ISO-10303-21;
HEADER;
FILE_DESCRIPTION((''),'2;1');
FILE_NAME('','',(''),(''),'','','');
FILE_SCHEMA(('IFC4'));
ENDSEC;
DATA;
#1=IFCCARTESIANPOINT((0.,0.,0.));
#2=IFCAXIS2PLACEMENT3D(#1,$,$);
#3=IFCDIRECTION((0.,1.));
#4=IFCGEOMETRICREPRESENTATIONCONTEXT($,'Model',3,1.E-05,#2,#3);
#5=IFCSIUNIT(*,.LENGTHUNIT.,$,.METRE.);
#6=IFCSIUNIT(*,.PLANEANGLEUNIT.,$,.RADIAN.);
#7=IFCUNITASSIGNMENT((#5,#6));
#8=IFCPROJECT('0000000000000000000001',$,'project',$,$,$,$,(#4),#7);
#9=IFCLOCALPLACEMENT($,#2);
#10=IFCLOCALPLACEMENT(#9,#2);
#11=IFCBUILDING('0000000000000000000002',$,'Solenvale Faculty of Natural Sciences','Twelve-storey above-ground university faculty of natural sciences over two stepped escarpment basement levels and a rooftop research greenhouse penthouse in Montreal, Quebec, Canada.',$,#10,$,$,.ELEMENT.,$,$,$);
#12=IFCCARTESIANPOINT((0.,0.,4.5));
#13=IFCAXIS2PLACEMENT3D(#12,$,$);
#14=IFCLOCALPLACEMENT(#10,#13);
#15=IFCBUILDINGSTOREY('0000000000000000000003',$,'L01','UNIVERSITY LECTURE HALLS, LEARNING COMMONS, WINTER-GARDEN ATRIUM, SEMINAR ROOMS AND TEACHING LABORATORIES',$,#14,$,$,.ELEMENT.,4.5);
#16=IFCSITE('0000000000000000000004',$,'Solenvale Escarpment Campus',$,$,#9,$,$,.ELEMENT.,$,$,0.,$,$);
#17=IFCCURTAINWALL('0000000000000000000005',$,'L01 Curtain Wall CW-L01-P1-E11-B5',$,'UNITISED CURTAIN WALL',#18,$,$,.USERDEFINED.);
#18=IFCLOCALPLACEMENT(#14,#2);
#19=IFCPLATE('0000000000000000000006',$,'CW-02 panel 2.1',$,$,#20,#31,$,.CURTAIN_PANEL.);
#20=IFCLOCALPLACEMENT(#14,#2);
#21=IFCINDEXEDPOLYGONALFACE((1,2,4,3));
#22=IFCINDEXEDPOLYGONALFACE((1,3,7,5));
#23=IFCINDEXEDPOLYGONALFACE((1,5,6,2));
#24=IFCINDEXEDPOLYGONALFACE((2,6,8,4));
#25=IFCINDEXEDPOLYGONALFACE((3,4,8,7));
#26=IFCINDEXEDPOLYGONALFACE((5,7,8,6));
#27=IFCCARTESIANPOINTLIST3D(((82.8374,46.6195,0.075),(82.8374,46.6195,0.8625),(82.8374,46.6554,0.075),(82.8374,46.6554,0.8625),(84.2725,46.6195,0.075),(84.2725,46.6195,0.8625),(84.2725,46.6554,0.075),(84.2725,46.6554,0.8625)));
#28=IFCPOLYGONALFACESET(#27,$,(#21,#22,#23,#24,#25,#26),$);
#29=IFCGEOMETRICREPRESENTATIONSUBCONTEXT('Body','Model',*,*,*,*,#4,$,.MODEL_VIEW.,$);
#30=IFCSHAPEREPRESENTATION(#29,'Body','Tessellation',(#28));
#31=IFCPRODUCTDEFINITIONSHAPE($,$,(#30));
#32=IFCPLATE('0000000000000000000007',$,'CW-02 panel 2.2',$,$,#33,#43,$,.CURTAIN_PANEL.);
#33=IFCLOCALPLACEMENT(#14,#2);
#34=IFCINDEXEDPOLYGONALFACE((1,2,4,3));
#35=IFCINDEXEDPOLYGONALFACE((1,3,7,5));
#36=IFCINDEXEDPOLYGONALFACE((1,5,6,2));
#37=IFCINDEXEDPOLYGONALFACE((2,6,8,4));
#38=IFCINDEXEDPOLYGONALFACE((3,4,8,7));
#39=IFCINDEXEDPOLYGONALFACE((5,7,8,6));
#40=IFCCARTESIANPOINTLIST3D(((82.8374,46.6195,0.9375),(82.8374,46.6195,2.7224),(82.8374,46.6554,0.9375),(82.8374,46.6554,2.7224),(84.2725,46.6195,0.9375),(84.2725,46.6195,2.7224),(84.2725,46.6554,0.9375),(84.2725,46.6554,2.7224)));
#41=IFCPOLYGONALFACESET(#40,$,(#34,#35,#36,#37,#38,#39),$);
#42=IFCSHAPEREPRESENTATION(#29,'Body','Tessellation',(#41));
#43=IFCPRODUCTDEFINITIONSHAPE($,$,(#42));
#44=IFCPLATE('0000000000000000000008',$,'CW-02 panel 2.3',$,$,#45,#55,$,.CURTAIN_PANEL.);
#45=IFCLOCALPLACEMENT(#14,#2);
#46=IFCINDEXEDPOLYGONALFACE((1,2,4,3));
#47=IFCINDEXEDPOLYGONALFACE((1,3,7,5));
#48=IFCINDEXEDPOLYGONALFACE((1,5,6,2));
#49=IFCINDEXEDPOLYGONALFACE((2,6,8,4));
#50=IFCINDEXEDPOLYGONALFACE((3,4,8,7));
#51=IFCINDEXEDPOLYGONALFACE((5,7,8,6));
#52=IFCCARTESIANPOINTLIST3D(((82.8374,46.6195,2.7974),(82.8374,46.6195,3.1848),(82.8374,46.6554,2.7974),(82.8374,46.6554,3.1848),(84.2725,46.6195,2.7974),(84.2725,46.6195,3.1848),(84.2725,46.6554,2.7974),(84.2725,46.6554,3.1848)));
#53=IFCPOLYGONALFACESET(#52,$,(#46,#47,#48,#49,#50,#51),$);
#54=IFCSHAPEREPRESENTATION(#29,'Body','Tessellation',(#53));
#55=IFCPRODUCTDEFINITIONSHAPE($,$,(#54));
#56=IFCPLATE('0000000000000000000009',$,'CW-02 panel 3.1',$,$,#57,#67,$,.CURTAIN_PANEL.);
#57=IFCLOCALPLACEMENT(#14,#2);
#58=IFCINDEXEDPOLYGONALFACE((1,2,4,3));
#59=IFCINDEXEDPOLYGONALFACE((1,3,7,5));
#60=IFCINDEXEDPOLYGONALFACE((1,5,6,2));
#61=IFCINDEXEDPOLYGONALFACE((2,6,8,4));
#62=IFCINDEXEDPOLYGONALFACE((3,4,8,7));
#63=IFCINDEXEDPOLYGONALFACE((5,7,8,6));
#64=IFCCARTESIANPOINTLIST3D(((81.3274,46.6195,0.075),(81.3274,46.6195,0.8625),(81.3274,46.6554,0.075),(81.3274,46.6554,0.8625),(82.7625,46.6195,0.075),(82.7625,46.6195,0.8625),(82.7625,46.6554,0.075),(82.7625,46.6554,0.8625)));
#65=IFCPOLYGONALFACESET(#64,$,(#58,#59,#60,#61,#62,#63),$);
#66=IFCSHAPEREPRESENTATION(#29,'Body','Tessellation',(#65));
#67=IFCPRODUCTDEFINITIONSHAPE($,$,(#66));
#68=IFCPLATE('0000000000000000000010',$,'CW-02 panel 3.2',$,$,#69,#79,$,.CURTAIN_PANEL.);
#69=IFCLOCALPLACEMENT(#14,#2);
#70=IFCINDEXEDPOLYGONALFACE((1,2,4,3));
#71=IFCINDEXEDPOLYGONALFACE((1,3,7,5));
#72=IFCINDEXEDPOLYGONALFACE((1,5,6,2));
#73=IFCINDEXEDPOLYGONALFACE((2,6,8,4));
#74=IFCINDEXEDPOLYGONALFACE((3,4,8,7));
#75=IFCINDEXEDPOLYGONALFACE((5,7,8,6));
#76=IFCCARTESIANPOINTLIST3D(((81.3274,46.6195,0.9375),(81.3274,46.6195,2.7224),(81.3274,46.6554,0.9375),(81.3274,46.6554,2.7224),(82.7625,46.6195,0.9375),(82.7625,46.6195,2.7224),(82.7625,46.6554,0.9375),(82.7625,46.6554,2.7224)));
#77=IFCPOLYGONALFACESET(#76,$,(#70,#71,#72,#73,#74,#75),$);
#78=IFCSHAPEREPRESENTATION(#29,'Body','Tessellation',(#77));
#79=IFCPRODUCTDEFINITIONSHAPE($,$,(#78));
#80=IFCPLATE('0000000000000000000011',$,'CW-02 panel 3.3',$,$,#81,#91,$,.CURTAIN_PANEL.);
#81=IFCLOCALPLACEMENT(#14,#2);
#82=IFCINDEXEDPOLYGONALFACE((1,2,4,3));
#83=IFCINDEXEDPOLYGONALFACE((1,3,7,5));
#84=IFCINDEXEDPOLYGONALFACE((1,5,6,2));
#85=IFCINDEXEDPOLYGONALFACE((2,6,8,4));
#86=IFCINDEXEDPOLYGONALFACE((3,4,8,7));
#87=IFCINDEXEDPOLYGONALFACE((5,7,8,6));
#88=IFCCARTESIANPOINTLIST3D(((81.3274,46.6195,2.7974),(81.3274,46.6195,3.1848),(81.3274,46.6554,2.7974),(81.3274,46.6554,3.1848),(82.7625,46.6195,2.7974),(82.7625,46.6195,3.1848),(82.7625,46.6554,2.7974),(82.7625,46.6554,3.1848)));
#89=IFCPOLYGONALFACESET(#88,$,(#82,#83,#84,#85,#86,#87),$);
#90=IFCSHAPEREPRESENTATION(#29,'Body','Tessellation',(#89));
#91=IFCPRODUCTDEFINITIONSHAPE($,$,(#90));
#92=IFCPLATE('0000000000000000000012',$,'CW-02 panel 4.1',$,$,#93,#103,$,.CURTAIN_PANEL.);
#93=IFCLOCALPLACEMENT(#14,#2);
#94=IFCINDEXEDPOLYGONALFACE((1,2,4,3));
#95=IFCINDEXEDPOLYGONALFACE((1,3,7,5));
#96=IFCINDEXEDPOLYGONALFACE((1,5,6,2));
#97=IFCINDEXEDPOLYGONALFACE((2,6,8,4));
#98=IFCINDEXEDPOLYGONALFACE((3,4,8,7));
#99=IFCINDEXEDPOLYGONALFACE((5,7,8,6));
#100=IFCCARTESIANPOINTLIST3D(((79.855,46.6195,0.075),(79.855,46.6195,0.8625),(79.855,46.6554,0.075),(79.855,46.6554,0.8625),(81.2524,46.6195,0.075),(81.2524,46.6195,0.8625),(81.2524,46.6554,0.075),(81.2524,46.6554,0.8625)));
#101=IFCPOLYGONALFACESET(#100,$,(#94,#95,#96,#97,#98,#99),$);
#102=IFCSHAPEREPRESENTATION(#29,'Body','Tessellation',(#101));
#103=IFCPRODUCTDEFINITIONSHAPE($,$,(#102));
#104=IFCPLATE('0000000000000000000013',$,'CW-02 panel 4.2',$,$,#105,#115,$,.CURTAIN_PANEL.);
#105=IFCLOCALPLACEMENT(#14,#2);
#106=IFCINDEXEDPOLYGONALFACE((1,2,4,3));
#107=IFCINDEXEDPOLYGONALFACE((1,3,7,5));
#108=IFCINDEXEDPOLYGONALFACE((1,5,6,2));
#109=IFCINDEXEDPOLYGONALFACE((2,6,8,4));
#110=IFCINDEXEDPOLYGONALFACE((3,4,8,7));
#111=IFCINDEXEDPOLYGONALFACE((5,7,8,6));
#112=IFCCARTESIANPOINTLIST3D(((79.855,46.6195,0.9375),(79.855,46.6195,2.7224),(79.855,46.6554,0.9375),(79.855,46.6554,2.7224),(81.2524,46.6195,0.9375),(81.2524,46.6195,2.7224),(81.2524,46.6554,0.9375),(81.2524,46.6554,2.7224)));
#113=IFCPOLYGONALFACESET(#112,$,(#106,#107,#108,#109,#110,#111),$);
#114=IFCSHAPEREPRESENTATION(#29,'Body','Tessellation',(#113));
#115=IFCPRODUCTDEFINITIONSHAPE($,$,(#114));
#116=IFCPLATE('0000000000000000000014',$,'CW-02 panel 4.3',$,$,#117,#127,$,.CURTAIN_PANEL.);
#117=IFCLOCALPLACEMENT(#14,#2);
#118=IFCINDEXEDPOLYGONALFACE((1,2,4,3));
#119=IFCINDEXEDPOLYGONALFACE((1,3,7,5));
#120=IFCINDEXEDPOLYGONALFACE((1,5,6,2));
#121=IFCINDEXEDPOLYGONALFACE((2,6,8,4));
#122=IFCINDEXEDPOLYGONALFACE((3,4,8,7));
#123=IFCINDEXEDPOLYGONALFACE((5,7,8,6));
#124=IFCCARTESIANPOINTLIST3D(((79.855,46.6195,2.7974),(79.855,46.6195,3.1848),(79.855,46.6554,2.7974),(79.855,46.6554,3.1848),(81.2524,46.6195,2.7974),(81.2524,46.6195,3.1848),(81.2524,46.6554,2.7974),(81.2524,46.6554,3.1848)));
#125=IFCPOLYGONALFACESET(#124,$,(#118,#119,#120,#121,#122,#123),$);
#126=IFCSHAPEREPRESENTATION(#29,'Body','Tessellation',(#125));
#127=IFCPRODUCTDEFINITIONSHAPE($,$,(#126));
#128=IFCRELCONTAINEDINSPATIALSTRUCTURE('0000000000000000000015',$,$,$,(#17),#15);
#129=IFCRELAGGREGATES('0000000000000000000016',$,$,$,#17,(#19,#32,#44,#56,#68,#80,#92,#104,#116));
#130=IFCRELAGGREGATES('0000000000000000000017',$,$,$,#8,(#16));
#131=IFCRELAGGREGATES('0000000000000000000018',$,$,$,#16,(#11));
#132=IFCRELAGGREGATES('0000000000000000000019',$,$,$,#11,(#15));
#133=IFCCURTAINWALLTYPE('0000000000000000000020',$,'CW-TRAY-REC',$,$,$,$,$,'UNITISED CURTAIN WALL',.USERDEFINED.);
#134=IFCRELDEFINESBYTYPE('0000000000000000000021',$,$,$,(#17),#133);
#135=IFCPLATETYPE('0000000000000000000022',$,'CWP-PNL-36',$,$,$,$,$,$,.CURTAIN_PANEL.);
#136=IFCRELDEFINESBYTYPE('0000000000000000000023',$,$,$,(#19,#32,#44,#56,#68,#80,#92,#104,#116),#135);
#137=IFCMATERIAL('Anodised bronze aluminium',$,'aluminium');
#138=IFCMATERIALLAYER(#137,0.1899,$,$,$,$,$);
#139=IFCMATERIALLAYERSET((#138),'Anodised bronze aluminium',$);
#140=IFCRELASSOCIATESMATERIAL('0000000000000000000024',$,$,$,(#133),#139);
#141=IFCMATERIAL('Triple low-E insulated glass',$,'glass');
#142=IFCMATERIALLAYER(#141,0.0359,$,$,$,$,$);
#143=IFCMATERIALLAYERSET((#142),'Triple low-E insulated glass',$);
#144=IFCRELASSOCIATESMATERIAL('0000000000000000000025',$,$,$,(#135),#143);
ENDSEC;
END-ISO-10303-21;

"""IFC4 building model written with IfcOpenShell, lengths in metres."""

from ifc_helpers import new_model, si_unit, direction, frame, origin, origin_2d, place, context, subcontext, project, spatial, rectangle, extrude, material, layer, layer_set, type_object, element, aggregate, save


model = new_model("IFC4")

# Units and contexts
model_context = context("Model", 3, precision=1e-05, world=origin(), true_north=direction((0.0, 1.0)))
body_context = subcontext(model_context, "Body", "Model", "MODEL_VIEW")
ifc_project = project(units=[si_unit("LENGTHUNIT", "METRE"), si_unit("PLANEANGLEUNIT", "RADIAN")], contexts=[model_context])

# Site, building, storey
site_placement = place(None, origin())
site = spatial("IfcSite", under=ifc_project, at=site_placement, Name="Solenvale Escarpment Campus", CompositionType="ELEMENT", RefElevation=0.0)
building_placement = place(site_placement, origin())
building = spatial("IfcBuilding", under=site, at=building_placement, Name="Solenvale Faculty of Natural Sciences", Description="Twelve-storey above-ground university faculty of natural sciences over two stepped escarpment basement levels and a rooftop research greenhouse penthouse in Montreal, Quebec, Canada.", CompositionType="ELEMENT")
storey_placement = place(building_placement, frame((0.0, 0.0, 4.5)))
storey = spatial("IfcBuildingStorey", under=building, at=storey_placement, Name="L01", Description="UNIVERSITY LECTURE HALLS, LEARNING COMMONS, WINTER-GARDEN ATRIUM, SEMINAR ROOMS AND TEACHING LABORATORIES", CompositionType="ELEMENT", Elevation=4.5)

# Curtain wall, plates
ifc_material_1 = material(Name="Anodised bronze aluminium", Category="aluminium")
ifc_layer_1 = layer(ifc_material_1, 0.1899)
ifc_layer_set_1 = layer_set([ifc_layer_1], Name="Anodised bronze aluminium")
curtain_wall_type = type_object("IfcCurtainWallType", Name="CW-TRAY-REC", ElementType="UNITISED CURTAIN WALL", PredefinedType="USERDEFINED", material=ifc_layer_set_1)
curtain_wall_placement = place(storey_placement, origin())
curtain_wall = element("IfcCurtainWall", 1, at=curtain_wall_placement, inside=storey, type_object=curtain_wall_type, Name="L01 Curtain Wall CW-L01-P1-E11-B5", ObjectType="UNITISED CURTAIN WALL", PredefinedType="USERDEFINED")
ifc_material_2 = material(Name="Triple low-E insulated glass", Category="glass")
ifc_layer_2 = layer(ifc_material_2, 0.0359)
ifc_layer_set_2 = layer_set([ifc_layer_2], Name="Triple low-E insulated glass")
plate_type = type_object("IfcPlateType", Name="CWP-PNL-36", PredefinedType="CURTAIN_PANEL", material=ifc_layer_set_2)
plate_1_placement = place(storey_placement, frame((83.5549, 46.6375, 0.075), z_axis=(0.0, 0.0, 1.0), x_axis=(-1.0, 0.0, 0.0)))
plate_1 = element("IfcPlate", 2, at=plate_1_placement, type_object=plate_type, Name="CW-02 panel 2.1", PredefinedType="CURTAIN_PANEL", context=body_context, shape_type="SweptSolid", body=[
    extrude(rectangle(XDim=1.4351, YDim=0.0359, at=origin_2d()), origin(), (0.0, 0.0, 1.0), 0.7876),
])
plate_2_placement = place(storey_placement, frame((83.5549, 46.6375, 0.9375), z_axis=(0.0, 0.0, 1.0), x_axis=(-1.0, 0.0, 0.0)))
plate_2 = element("IfcPlate", 3, at=plate_2_placement, type_object=plate_type, Name="CW-02 panel 2.2", PredefinedType="CURTAIN_PANEL", context=body_context, shape_type="SweptSolid", body=[
    extrude(rectangle(XDim=1.4351, YDim=0.0359, at=origin_2d()), origin(), (0.0, 0.0, 1.0), 1.7849),
])
plate_3_placement = place(storey_placement, frame((83.5549, 46.6375, 2.7974), z_axis=(0.0, 0.0, 1.0), x_axis=(-1.0, 0.0, 0.0)))
plate_3 = element("IfcPlate", 4, at=plate_3_placement, type_object=plate_type, Name="CW-02 panel 2.3", PredefinedType="CURTAIN_PANEL", context=body_context, shape_type="SweptSolid", body=[
    extrude(rectangle(XDim=1.4351, YDim=0.0359, at=origin_2d()), origin(), (0.0, 0.0, 1.0), 0.3875),
])
plate_4_placement = place(storey_placement, frame((82.0449, 46.6375, 0.075), z_axis=(0.0, 0.0, 1.0), x_axis=(-1.0, 0.0, 0.0)))
plate_4 = element("IfcPlate", 5, at=plate_4_placement, type_object=plate_type, Name="CW-02 panel 3.1", PredefinedType="CURTAIN_PANEL", context=body_context, shape_type="SweptSolid", body=[
    extrude(rectangle(XDim=1.4351, YDim=0.0359, at=origin_2d()), origin(), (0.0, 0.0, 1.0), 0.7876),
])
plate_5_placement = place(storey_placement, frame((82.0449, 46.6375, 0.9375), z_axis=(0.0, 0.0, 1.0), x_axis=(-1.0, 0.0, 0.0)))
plate_5 = element("IfcPlate", 6, at=plate_5_placement, type_object=plate_type, Name="CW-02 panel 3.2", PredefinedType="CURTAIN_PANEL", context=body_context, shape_type="SweptSolid", body=[
    extrude(rectangle(XDim=1.4351, YDim=0.0359, at=origin_2d()), origin(), (0.0, 0.0, 1.0), 1.7849),
])
plate_6_placement = place(storey_placement, frame((82.0449, 46.6375, 2.7974), z_axis=(0.0, 0.0, 1.0), x_axis=(-1.0, 0.0, 0.0)))
plate_6 = element("IfcPlate", 7, at=plate_6_placement, type_object=plate_type, Name="CW-02 panel 3.3", PredefinedType="CURTAIN_PANEL", context=body_context, shape_type="SweptSolid", body=[
    extrude(rectangle(XDim=1.4351, YDim=0.0359, at=origin_2d()), origin(), (0.0, 0.0, 1.0), 0.3875),
])
plate_7_placement = place(storey_placement, frame((80.5537, 46.6375, 0.075), z_axis=(0.0, 0.0, 1.0), x_axis=(-1.0, 0.0, 0.0)))
plate_7 = element("IfcPlate", 8, at=plate_7_placement, type_object=plate_type, Name="CW-02 panel 4.1", PredefinedType="CURTAIN_PANEL", context=body_context, shape_type="SweptSolid", body=[
    extrude(rectangle(XDim=1.3975, YDim=0.0359, at=origin_2d()), origin(), (0.0, 0.0, 1.0), 0.7876),
])
plate_8_placement = place(storey_placement, frame((80.5537, 46.6375, 0.9375), z_axis=(0.0, 0.0, 1.0), x_axis=(-1.0, 0.0, 0.0)))
plate_8 = element("IfcPlate", 9, at=plate_8_placement, type_object=plate_type, Name="CW-02 panel 4.2", PredefinedType="CURTAIN_PANEL", context=body_context, shape_type="SweptSolid", body=[
    extrude(rectangle(XDim=1.3975, YDim=0.0359, at=origin_2d()), origin(), (0.0, 0.0, 1.0), 1.7849),
])
plate_9_placement = place(storey_placement, frame((80.5537, 46.6375, 2.7974), z_axis=(0.0, 0.0, 1.0), x_axis=(-1.0, 0.0, 0.0)))
plate_9 = element("IfcPlate", 10, at=plate_9_placement, type_object=plate_type, Name="CW-02 panel 4.3", PredefinedType="CURTAIN_PANEL", context=body_context, shape_type="SweptSolid", body=[
    extrude(rectangle(XDim=1.3975, YDim=0.0359, at=origin_2d()), origin(), (0.0, 0.0, 1.0), 0.3875),
])
aggregate(curtain_wall, [plate_1, plate_2, plate_3, plate_4, plate_5, plate_6, plate_7, plate_8, plate_9])

save(model, "model.ifc")
